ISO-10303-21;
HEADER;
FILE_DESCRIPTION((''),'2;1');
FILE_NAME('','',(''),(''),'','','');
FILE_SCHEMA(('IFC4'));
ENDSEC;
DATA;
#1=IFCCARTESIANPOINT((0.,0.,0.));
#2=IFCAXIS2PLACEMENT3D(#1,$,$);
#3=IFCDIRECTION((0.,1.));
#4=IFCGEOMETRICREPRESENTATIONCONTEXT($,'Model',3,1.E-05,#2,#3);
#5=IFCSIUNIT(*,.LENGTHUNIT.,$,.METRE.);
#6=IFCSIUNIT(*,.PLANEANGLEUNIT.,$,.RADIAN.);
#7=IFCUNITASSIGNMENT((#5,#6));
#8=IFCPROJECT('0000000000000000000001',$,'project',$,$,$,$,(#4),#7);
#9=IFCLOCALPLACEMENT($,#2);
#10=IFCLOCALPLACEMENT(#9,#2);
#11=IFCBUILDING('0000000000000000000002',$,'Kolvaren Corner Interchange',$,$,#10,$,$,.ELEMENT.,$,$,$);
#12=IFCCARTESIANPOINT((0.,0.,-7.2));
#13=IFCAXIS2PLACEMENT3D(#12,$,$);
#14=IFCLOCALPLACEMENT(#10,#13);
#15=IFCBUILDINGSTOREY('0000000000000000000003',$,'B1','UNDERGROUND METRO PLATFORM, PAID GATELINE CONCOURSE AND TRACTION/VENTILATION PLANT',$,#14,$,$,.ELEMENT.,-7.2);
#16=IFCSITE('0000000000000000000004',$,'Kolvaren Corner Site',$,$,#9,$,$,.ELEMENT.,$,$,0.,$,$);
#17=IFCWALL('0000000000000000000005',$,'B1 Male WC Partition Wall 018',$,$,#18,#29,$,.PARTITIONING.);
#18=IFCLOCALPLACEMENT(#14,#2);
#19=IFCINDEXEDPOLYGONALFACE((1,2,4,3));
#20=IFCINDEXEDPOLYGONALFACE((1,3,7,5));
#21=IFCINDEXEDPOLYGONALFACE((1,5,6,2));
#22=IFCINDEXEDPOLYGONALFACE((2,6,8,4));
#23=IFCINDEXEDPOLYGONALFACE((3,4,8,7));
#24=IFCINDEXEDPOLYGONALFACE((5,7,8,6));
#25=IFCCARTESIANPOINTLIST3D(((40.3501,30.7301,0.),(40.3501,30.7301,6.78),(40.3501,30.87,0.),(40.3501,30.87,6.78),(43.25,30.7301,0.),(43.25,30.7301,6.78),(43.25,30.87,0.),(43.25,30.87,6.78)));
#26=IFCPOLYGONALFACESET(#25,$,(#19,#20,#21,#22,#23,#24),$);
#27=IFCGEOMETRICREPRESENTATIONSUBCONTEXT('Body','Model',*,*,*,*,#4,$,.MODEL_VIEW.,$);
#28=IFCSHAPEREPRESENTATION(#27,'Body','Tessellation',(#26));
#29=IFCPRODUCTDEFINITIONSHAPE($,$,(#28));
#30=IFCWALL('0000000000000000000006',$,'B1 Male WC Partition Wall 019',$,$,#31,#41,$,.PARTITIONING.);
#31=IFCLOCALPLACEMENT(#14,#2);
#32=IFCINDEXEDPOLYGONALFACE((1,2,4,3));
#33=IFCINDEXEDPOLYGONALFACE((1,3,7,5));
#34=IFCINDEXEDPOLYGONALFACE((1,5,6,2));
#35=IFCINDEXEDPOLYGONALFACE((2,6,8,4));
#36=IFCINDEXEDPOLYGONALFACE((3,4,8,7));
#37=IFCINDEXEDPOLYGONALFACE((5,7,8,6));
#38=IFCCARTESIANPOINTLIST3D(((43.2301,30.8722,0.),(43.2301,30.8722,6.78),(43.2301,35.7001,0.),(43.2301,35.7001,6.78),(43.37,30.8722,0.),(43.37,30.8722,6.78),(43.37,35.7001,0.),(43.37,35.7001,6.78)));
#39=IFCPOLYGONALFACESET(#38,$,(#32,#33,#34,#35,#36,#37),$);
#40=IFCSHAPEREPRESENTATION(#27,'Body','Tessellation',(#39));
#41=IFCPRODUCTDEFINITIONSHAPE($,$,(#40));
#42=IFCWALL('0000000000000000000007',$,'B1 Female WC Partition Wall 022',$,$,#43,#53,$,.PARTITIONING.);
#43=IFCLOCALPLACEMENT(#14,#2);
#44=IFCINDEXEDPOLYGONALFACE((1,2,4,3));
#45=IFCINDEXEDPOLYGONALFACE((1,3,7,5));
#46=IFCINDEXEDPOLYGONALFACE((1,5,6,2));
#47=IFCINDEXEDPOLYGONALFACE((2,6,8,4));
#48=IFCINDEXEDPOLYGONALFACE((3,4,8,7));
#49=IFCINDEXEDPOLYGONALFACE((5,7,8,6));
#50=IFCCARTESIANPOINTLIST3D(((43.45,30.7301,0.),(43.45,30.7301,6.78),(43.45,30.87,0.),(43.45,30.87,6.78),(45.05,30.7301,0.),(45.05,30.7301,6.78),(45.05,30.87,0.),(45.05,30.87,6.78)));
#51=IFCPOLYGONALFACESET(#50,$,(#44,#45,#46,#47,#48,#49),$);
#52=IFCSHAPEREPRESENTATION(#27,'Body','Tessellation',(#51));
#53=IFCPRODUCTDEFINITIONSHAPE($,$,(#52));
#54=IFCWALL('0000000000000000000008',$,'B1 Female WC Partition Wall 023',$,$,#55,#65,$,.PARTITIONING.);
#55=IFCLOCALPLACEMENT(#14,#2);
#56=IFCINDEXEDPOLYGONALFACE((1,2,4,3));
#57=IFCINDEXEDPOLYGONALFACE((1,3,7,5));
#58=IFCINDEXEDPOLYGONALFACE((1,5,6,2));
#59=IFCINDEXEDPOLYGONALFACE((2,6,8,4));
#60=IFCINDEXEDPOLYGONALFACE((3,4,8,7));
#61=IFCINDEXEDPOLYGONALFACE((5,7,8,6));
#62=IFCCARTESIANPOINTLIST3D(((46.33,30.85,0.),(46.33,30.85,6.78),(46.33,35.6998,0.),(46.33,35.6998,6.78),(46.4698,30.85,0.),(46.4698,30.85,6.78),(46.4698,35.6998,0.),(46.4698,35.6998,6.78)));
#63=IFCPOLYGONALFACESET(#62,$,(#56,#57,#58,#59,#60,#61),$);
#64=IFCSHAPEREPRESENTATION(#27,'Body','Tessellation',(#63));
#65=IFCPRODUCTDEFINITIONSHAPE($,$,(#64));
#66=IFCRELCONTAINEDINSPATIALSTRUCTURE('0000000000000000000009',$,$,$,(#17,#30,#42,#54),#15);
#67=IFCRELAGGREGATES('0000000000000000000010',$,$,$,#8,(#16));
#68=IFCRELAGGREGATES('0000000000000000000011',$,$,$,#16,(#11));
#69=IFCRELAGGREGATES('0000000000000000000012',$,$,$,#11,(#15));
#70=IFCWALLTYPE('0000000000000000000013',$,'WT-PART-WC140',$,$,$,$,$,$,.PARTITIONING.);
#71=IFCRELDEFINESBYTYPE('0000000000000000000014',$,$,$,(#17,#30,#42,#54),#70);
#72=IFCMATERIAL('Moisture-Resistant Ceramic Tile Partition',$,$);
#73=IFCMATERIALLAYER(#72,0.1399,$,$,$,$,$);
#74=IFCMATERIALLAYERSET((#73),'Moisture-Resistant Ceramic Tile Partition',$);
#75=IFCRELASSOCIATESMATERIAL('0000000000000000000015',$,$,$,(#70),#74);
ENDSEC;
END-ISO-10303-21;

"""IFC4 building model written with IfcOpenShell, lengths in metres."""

from ifc_helpers import new_model, si_unit, direction, frame, frame_2d, origin, place, context, subcontext, project, spatial, rectangle, extrude, material, layer, layer_set, type_object, element, save


model = new_model("IFC4")

# Units and contexts
model_context = context("Model", 3, precision=1e-05, world=origin(), true_north=direction((0.0, 1.0)))
body_context = subcontext(model_context, "Body", "Model", "MODEL_VIEW")
ifc_project = project(units=[si_unit("LENGTHUNIT", "METRE"), si_unit("PLANEANGLEUNIT", "RADIAN")], contexts=[model_context])

# Site, building, storey
site_placement = place(None, origin())
site = spatial("IfcSite", under=ifc_project, at=site_placement, Name="Kolvaren Corner Site", CompositionType="ELEMENT", RefElevation=0.0)
building_placement = place(site_placement, origin())
building = spatial("IfcBuilding", under=site, at=building_placement, Name="Kolvaren Corner Interchange", CompositionType="ELEMENT")
storey_placement = place(building_placement, frame((0.0, 0.0, -7.2)))
storey = spatial("IfcBuildingStorey", under=building, at=storey_placement, Name="B1", Description="UNDERGROUND METRO PLATFORM, PAID GATELINE CONCOURSE AND TRACTION/VENTILATION PLANT", CompositionType="ELEMENT", Elevation=-7.2)

# Walls
ifc_material_1 = material(Name="Moisture-Resistant Ceramic Tile Partition")
ifc_layer_1 = layer(ifc_material_1, 0.1399)
ifc_layer_set_1 = layer_set([ifc_layer_1], Name="Moisture-Resistant Ceramic Tile Partition")
wall_type_1 = type_object("IfcWallType", Name="WT-PART-WC140", PredefinedType="PARTITIONING", material=ifc_layer_set_1)
wall_1_placement = place(storey_placement, frame((40.3501, 30.8, 0.0), z_axis=(0.0, 0.0, 1.0), x_axis=(1.0, 0.0, 0.0)))
element("IfcWall", 1, at=wall_1_placement, inside=storey, type_object=wall_type_1, Name="B1 Male WC Partition Wall 018", PredefinedType="PARTITIONING", context=body_context, shape_type="SweptSolid", body=[
    extrude(rectangle(XDim=2.8999, YDim=0.1399, at=frame_2d((1.45, 0.0))), origin(), (0.0, 0.0, 1.0), 6.78),
])
wall_2_placement = place(storey_placement, frame((43.3, 30.8721, 0.0), z_axis=(0.0, 0.0, 1.0), x_axis=(0.0, 1.0, 0.0)))
element("IfcWall", 2, at=wall_2_placement, inside=storey, type_object=wall_type_1, Name="B1 Male WC Partition Wall 019", PredefinedType="PARTITIONING", context=body_context, shape_type="SweptSolid", body=[
    extrude(rectangle(XDim=4.8279, YDim=0.1399, at=frame_2d((2.4141, 0.0))), origin(), (0.0, 0.0, 1.0), 6.78),
])
wall_3_placement = place(storey_placement, frame((43.45, 30.8, 0.0), z_axis=(0.0, 0.0, 1.0), x_axis=(1.0, 0.0, 0.0)))
element("IfcWall", 3, at=wall_3_placement, inside=storey, type_object=wall_type_1, Name="B1 Female WC Partition Wall 022", PredefinedType="PARTITIONING", context=body_context, shape_type="SweptSolid", body=[
    extrude(rectangle(XDim=1.6001, YDim=0.1399, at=frame_2d((0.8, 0.0))), origin(), (0.0, 0.0, 1.0), 6.78),
])
wall_4_placement = place(storey_placement, frame((46.3999, 30.8501, 0.0), z_axis=(0.0, 0.0, 1.0), x_axis=(0.0, 1.0, 0.0)))
element("IfcWall", 4, at=wall_4_placement, inside=storey, type_object=wall_type_1, Name="B1 Female WC Partition Wall 023", PredefinedType="PARTITIONING", context=body_context, shape_type="SweptSolid", body=[
    extrude(rectangle(XDim=4.8499, YDim=0.1399, at=frame_2d((2.4248, 0.0))), origin(), (0.0, 0.0, 1.0), 6.78),
])

save(model, "model.ifc")
